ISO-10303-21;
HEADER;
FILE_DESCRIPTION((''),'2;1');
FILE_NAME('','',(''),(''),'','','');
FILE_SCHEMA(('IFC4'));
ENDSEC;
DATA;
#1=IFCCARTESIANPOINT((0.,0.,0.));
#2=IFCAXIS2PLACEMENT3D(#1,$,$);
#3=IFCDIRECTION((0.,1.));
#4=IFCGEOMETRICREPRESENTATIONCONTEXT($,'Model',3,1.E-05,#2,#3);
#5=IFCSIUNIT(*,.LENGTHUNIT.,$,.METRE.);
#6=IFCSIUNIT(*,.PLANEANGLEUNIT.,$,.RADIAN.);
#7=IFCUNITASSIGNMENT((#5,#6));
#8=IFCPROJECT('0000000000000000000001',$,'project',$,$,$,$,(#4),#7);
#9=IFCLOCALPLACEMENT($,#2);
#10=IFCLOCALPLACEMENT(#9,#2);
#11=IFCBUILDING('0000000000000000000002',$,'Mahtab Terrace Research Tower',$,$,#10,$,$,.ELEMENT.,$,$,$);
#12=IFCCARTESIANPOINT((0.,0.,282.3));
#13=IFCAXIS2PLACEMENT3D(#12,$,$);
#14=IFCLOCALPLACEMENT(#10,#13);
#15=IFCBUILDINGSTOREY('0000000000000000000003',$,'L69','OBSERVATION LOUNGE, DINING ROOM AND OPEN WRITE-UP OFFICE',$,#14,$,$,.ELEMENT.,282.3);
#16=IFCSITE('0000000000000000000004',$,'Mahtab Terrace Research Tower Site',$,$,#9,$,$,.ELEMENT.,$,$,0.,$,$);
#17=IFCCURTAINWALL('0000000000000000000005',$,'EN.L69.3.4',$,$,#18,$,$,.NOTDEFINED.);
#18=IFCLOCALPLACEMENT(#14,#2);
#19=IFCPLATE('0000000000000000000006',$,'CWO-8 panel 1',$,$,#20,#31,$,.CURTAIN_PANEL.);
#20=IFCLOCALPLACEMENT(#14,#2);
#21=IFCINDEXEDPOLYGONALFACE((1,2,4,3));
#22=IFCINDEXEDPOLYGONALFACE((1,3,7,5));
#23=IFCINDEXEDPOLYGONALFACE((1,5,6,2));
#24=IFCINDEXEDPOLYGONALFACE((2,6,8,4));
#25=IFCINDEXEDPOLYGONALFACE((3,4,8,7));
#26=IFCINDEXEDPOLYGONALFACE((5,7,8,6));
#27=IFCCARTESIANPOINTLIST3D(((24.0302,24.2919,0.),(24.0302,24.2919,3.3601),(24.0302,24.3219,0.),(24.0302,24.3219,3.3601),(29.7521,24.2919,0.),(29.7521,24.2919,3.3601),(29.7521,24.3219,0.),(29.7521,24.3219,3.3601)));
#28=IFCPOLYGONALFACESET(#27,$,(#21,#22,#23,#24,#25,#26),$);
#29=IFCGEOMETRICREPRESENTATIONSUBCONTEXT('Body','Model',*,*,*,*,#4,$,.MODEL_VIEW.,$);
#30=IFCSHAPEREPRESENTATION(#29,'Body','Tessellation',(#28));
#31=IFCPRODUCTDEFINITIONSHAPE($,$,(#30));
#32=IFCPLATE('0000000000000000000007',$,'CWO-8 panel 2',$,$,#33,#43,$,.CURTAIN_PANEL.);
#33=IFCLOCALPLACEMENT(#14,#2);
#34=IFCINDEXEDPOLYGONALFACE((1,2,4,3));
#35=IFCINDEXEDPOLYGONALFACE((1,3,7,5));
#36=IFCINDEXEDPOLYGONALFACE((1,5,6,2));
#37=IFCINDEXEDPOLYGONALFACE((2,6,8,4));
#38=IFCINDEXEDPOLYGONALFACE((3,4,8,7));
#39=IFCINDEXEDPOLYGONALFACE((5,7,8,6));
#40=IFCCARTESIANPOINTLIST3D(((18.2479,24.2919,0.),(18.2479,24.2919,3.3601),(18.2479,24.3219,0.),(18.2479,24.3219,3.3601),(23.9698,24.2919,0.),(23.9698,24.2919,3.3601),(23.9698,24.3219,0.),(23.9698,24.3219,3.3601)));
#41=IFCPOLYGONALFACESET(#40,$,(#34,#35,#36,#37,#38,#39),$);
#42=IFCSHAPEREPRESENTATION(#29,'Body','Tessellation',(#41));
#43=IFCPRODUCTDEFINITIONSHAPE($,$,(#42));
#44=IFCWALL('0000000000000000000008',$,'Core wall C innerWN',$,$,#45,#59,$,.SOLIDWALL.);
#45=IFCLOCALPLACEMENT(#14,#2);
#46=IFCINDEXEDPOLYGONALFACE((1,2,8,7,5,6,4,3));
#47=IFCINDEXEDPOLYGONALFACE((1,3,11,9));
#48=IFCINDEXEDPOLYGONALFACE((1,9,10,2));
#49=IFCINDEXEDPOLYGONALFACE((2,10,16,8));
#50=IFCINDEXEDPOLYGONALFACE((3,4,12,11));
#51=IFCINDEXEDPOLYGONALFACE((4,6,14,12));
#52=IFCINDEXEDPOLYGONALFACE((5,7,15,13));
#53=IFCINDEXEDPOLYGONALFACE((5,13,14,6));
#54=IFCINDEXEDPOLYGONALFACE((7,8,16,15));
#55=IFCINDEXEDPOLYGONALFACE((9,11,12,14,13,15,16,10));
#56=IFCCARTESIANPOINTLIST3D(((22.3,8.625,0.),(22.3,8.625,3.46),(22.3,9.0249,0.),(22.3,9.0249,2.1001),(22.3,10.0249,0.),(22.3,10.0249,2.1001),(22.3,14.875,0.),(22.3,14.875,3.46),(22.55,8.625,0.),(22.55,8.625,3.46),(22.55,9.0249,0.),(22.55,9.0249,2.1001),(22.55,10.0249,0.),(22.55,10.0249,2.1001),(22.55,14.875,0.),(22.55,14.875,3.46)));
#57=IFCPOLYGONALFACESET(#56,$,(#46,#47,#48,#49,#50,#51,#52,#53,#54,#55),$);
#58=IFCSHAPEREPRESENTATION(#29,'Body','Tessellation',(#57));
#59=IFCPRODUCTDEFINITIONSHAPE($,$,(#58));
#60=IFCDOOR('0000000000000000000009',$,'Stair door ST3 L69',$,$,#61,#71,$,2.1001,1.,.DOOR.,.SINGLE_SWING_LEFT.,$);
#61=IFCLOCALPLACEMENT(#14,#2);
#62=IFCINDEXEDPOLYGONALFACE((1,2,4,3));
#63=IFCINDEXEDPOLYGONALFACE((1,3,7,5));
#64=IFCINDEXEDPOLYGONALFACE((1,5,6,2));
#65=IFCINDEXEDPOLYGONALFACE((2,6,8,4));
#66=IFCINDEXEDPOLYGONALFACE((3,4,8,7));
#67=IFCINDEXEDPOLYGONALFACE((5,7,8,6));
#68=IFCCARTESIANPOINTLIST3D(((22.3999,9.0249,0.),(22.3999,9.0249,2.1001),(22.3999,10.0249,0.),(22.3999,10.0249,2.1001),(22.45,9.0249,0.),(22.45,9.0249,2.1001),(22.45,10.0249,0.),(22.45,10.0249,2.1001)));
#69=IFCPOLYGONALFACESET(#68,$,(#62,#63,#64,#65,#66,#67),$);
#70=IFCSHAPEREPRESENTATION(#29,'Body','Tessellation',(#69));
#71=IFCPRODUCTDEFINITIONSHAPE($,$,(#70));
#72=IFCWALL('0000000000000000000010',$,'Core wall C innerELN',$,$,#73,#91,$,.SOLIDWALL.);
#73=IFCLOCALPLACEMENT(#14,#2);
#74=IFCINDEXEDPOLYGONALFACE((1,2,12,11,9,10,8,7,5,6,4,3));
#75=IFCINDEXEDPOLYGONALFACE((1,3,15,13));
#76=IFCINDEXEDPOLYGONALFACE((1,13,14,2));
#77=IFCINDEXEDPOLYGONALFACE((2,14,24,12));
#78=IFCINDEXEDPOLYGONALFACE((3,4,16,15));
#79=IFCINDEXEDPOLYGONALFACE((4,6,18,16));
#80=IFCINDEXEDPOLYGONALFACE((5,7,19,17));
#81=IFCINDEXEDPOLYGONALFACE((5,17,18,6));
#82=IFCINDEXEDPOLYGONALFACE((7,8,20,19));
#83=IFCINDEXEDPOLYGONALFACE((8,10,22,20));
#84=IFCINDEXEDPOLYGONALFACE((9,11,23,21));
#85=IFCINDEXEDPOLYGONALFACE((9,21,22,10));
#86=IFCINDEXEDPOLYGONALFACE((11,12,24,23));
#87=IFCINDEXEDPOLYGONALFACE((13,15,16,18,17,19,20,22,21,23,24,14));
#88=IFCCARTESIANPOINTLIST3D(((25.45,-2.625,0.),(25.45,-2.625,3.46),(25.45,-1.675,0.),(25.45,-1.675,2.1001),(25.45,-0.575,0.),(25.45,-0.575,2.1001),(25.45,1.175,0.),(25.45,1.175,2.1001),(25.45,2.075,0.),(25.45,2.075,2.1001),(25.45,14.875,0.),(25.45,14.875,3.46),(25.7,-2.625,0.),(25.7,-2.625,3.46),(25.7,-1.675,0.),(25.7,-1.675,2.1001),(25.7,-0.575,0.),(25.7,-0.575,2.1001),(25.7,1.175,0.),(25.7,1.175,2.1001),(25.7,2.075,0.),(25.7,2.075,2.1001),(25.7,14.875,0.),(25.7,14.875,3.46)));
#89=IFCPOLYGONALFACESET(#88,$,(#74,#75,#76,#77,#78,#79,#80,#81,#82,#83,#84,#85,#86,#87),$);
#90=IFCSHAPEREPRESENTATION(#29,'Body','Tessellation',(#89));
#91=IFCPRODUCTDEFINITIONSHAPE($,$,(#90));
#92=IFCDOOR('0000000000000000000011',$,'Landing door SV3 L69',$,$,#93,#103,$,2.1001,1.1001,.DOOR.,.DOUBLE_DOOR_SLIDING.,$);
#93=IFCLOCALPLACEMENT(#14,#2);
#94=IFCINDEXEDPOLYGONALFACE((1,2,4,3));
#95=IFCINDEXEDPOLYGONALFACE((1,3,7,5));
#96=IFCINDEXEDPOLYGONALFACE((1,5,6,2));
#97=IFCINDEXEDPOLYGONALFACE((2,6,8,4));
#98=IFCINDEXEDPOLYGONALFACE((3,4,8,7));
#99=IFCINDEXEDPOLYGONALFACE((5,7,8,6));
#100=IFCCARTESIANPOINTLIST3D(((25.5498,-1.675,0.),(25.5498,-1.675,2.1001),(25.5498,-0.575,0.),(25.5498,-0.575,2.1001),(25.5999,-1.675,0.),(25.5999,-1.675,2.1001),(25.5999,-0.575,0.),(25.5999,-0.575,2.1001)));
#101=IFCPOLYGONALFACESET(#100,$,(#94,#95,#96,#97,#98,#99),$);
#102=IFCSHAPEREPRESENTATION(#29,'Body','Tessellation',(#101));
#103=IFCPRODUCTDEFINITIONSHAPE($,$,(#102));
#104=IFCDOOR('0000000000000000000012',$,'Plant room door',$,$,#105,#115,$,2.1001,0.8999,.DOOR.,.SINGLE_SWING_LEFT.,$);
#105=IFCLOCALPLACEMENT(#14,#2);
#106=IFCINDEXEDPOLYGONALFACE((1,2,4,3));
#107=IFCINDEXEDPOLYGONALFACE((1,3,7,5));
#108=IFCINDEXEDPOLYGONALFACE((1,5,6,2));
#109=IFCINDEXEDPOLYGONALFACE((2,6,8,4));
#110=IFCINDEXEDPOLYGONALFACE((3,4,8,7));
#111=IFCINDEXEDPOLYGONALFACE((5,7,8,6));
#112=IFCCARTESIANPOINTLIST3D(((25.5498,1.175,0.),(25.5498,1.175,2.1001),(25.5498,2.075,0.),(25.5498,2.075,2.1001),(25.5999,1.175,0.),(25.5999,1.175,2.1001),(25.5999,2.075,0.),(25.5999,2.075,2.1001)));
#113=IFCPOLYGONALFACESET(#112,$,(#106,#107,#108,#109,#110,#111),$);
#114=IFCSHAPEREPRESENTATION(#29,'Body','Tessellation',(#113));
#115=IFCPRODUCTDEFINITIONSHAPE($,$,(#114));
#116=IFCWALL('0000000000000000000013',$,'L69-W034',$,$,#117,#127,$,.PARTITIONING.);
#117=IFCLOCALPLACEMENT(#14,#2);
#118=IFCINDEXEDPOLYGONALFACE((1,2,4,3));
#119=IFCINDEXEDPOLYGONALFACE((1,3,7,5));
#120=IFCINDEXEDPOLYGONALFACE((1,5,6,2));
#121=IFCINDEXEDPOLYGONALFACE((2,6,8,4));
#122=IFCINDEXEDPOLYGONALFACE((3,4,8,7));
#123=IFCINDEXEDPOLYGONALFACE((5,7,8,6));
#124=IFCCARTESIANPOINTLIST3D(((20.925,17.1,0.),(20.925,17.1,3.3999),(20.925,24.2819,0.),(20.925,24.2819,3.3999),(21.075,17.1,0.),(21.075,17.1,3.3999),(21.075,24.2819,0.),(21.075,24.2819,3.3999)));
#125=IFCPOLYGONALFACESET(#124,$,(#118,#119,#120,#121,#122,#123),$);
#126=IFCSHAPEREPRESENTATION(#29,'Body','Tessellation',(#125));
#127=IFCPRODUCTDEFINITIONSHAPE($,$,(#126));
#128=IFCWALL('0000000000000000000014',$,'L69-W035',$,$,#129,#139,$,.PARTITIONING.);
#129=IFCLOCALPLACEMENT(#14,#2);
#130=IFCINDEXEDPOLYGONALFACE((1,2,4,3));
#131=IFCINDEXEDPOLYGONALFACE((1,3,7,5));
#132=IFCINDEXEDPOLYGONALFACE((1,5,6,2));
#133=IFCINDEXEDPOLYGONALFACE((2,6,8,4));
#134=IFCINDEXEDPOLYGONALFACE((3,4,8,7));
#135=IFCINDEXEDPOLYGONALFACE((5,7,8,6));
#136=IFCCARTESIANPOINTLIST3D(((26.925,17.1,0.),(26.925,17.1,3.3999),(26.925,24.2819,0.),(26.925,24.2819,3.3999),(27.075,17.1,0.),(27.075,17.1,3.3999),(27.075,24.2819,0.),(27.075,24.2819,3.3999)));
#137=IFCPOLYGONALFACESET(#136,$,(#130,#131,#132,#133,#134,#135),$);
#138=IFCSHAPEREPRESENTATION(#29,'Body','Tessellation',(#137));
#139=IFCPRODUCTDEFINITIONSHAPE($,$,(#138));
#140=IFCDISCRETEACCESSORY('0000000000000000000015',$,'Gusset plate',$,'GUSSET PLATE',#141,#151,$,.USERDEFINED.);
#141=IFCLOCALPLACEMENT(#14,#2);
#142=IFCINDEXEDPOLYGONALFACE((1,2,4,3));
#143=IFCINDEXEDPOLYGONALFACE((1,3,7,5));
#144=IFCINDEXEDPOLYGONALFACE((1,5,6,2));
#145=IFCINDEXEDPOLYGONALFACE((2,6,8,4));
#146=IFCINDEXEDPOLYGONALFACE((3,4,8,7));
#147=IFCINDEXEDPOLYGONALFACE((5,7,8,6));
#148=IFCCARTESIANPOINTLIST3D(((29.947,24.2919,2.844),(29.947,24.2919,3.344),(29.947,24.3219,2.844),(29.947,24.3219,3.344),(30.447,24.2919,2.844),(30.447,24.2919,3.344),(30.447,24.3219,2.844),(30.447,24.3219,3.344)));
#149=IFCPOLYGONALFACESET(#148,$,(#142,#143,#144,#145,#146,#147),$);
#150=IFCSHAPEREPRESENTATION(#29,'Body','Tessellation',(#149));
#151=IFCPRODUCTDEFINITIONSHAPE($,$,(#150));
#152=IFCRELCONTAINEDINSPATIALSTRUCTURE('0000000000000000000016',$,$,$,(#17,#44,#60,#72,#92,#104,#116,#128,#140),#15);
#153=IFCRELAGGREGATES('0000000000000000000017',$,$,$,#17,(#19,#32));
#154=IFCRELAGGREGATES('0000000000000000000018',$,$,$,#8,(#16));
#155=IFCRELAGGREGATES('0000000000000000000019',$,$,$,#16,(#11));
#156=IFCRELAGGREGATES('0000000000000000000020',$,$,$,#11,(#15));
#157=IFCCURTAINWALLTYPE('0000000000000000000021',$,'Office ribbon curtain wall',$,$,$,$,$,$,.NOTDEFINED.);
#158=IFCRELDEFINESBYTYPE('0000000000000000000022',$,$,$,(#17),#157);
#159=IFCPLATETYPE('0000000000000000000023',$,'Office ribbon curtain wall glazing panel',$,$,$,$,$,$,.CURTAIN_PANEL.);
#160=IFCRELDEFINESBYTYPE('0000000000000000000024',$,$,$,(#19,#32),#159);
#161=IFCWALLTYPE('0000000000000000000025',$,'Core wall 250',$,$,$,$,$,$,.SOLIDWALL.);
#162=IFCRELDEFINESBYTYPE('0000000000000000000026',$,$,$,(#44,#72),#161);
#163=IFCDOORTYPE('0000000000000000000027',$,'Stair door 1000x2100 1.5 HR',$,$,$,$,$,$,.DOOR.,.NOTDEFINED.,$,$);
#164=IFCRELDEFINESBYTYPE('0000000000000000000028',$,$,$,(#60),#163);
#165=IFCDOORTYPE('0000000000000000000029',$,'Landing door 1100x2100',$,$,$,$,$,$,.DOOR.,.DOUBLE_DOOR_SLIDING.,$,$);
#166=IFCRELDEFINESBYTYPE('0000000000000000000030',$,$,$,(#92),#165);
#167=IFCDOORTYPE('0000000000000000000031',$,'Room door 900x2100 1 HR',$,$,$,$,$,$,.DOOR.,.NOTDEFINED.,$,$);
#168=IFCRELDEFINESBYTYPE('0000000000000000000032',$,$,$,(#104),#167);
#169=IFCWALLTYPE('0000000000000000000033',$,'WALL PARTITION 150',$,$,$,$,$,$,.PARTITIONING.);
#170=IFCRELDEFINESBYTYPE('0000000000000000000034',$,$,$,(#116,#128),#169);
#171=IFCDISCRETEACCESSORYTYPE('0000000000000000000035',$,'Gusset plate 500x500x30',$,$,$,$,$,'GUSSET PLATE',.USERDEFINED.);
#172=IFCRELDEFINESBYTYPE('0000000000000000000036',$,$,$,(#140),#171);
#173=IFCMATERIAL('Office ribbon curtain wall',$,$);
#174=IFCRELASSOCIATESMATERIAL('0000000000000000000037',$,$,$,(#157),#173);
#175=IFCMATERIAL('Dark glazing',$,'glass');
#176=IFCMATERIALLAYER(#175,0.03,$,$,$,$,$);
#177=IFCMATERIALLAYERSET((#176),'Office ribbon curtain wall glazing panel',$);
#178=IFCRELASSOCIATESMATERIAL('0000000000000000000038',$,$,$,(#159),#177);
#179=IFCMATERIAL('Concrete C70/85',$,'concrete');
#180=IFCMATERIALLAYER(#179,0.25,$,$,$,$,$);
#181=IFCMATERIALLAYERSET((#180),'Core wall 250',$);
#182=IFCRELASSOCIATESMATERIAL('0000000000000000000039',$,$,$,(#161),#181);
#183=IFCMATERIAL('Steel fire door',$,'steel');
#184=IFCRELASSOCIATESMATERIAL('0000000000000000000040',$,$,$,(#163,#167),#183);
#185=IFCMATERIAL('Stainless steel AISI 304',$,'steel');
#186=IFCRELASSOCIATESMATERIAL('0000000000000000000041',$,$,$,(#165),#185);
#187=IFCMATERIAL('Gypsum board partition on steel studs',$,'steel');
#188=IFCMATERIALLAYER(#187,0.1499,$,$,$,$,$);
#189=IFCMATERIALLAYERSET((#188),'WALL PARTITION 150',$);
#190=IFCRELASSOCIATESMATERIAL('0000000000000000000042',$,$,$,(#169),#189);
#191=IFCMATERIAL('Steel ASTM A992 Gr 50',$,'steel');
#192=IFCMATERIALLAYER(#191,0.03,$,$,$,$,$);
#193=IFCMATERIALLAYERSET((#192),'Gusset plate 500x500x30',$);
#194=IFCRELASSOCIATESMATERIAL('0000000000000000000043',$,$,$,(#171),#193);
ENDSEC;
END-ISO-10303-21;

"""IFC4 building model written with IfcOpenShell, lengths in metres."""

from ifc_helpers import new_model, si_unit, direction, frame, frame_2d, origin, origin_2d, place, context, subcontext, project, spatial, rectangle, extrude, material, layer, layer_set, type_object, element, fill, aggregate, save


model = new_model("IFC4")

# Units and contexts
model_context = context("Model", 3, precision=1e-05, world=origin(), true_north=direction((0.0, 1.0)))
body_context = subcontext(model_context, "Body", "Model", "MODEL_VIEW")
ifc_project = project(units=[si_unit("LENGTHUNIT", "METRE"), si_unit("PLANEANGLEUNIT", "RADIAN")], contexts=[model_context])

# Site, building, storey
site_placement = place(None, origin())
site = spatial("IfcSite", under=ifc_project, at=site_placement, Name="Mahtab Terrace Research Tower Site", CompositionType="ELEMENT", RefElevation=0.0)
building_placement = place(site_placement, origin())
building = spatial("IfcBuilding", under=site, at=building_placement, Name="Mahtab Terrace Research Tower", CompositionType="ELEMENT")
storey_placement = place(building_placement, frame((0.0, 0.0, 282.3)))
storey = spatial("IfcBuildingStorey", under=building, at=storey_placement, Name="L69", Description="OBSERVATION LOUNGE, DINING ROOM AND OPEN WRITE-UP OFFICE", CompositionType="ELEMENT", Elevation=282.3)

# Shared definitions
ifc_material_1 = material(Name="Steel ASTM A992 Gr 50", Category="steel")

# Curtain wall
ifc_material_2 = material(Name="Office ribbon curtain wall")
curtain_wall_type_1 = type_object("IfcCurtainWallType", Name="Office ribbon curtain wall", PredefinedType="NOTDEFINED", material=ifc_material_2)
curtain_wall_1_placement = place(storey_placement, origin())
curtain_wall_1 = element("IfcCurtainWall", 1, at=curtain_wall_1_placement, inside=storey, type_object=curtain_wall_type_1, Name="EN.L69.3.4", PredefinedType="NOTDEFINED")

# Plates
ifc_material_3 = material(Name="Dark glazing", Category="glass")
ifc_layer_1 = layer(ifc_material_3, 0.03)
ifc_layer_set_1 = layer_set([ifc_layer_1], Name="Office ribbon curtain wall glazing panel")
plate_type = type_object("IfcPlateType", Name="Office ribbon curtain wall glazing panel", PredefinedType="CURTAIN_PANEL", material=ifc_layer_set_1)
plate_1_placement = place(storey_placement, frame((26.8911, 24.3069, 0.0), z_axis=(0.0, 0.0, 1.0), x_axis=(-1.0, 0.0, 0.0)))
plate_1 = element("IfcPlate", 2, at=plate_1_placement, type_object=plate_type, Name="CWO-8 panel 1", PredefinedType="CURTAIN_PANEL", context=body_context, shape_type="SweptSolid", body=[
    extrude(rectangle(XDim=5.7219, YDim=0.03, at=origin_2d()), origin(), (0.0, 0.0, 1.0), 3.3601),
])
plate_2_placement = place(storey_placement, frame((21.1089, 24.3069, 0.0), z_axis=(0.0, 0.0, 1.0), x_axis=(-1.0, 0.0, 0.0)))
plate_2 = element("IfcPlate", 3, at=plate_2_placement, type_object=plate_type, Name="CWO-8 panel 2", PredefinedType="CURTAIN_PANEL", context=body_context, shape_type="SweptSolid", body=[
    extrude(rectangle(XDim=5.7219, YDim=0.03, at=origin_2d()), origin(), (0.0, 0.0, 1.0), 3.3601),
])
aggregate(curtain_wall_1, [plate_1, plate_2])

# Wall, opening, door
ifc_material_4 = material(Name="Concrete C70/85", Category="concrete")
ifc_layer_2 = layer(ifc_material_4, 0.25)
ifc_layer_set_2 = layer_set([ifc_layer_2], Name="Core wall 250")
wall_type_1 = type_object("IfcWallType", Name="Core wall 250", PredefinedType="SOLIDWALL", material=ifc_layer_set_2)
wall_1_placement = place(storey_placement, frame((22.425, 14.875, 0.0), z_axis=(0.0, 0.0, 1.0), x_axis=(0.0, -1.0, 0.0)))
wall_1 = element("IfcWall", 4, at=wall_1_placement, inside=storey, type_object=wall_type_1, Name="Core wall C innerWN", PredefinedType="SOLIDWALL", context=body_context, shape_type="SweptSolid", body=[
    extrude(rectangle(XDim=6.25, YDim=0.25, at=frame_2d((3.125, 0.0))), origin(), (0.0, 0.0, 1.0), 3.46),
])
opening_1_placement = place(wall_1_placement, frame((4.8501, 0.0, 0.0)))
opening_1 = element("IfcOpeningElement", 5, at=opening_1_placement, cuts=wall_1, PredefinedType="OPENING", context=body_context, shape_type="SweptSolid", body=[
    extrude(rectangle(XDim=1.0, YDim=2.1001, at=frame_2d((0.5, 1.05))), frame((0.0, 0.135, 0.0), z_axis=(0.0, -1.0, 0.0), x_axis=(1.0, 0.0, 0.0)), (0.0, 0.0, 1.0), 0.27),
])
ifc_material_5 = material(Name="Steel fire door", Category="steel")
door_type_1 = type_object("IfcDoorType", Name="Stair door 1000x2100 1.5 HR", OperationType="NOTDEFINED", PredefinedType="DOOR", material=ifc_material_5)
door_1_placement = place(opening_1_placement, origin())
door_1 = element("IfcDoor", 6, at=door_1_placement, inside=storey, type_object=door_type_1, Name="Stair door ST3 L69", OperationType="SINGLE_SWING_LEFT", OverallHeight=2.1001, OverallWidth=1.0, PredefinedType="DOOR", context=body_context, shape_type="SweptSolid", body=[
    extrude(rectangle(XDim=1.0, YDim=2.1001, at=frame_2d((0.5, 1.05))), frame((0.0, 0.0249, 0.0), z_axis=(0.0, -1.0, 0.0), x_axis=(1.0, 0.0, 0.0)), (0.0, 0.0, 1.0), 0.05),
])
fill(opening_1, door_1)

# Wall, openings, doors
wall_2_placement = place(storey_placement, frame((25.575, 14.875, 0.0), z_axis=(0.0, 0.0, 1.0), x_axis=(0.0, -1.0, 0.0)))
wall_2 = element("IfcWall", 7, at=wall_2_placement, inside=storey, type_object=wall_type_1, Name="Core wall C innerELN", PredefinedType="SOLIDWALL", context=body_context, shape_type="SweptSolid", body=[
    extrude(rectangle(XDim=17.5, YDim=0.25, at=frame_2d((8.75, 0.0))), origin(), (0.0, 0.0, 1.0), 3.46),
])
opening_2_placement = place(wall_2_placement, frame((15.45, 0.0, 0.0)))
opening_2 = element("IfcOpeningElement", 8, at=opening_2_placement, cuts=wall_2, PredefinedType="OPENING", context=body_context, shape_type="SweptSolid", body=[
    extrude(rectangle(XDim=1.1001, YDim=2.1001, at=frame_2d((0.55, 1.05))), frame((0.0, 0.135, 0.0), z_axis=(0.0, -1.0, 0.0), x_axis=(1.0, 0.0, 0.0)), (0.0, 0.0, 1.0), 0.27),
])
opening_3_placement = place(wall_2_placement, frame((12.8, 0.0, 0.0)))
opening_3 = element("IfcOpeningElement", 9, at=opening_3_placement, cuts=wall_2, PredefinedType="OPENING", context=body_context, shape_type="SweptSolid", body=[
    extrude(rectangle(XDim=0.8999, YDim=2.1001, at=frame_2d((0.45, 1.05))), frame((0.0, 0.135, 0.0), z_axis=(0.0, -1.0, 0.0), x_axis=(1.0, 0.0, 0.0)), (0.0, 0.0, 1.0), 0.27),
])
ifc_material_6 = material(Name="Stainless steel AISI 304", Category="steel")
door_type_2 = type_object("IfcDoorType", Name="Landing door 1100x2100", OperationType="DOUBLE_DOOR_SLIDING", PredefinedType="DOOR", material=ifc_material_6)
door_2_placement = place(opening_2_placement, origin())
door_2 = element("IfcDoor", 10, at=door_2_placement, inside=storey, type_object=door_type_2, Name="Landing door SV3 L69", OperationType="DOUBLE_DOOR_SLIDING", OverallHeight=2.1001, OverallWidth=1.1001, PredefinedType="DOOR", context=body_context, shape_type="SweptSolid", body=[
    extrude(rectangle(XDim=1.1001, YDim=2.1001, at=frame_2d((0.55, 1.05))), frame((0.0, 0.0249, 0.0), z_axis=(0.0, -1.0, 0.0), x_axis=(1.0, 0.0, 0.0)), (0.0, 0.0, 1.0), 0.05),
])
fill(opening_2, door_2)
door_type_3 = type_object("IfcDoorType", Name="Room door 900x2100 1 HR", OperationType="NOTDEFINED", PredefinedType="DOOR", material=ifc_material_5)
door_3_placement = place(opening_3_placement, origin())
door_3 = element("IfcDoor", 11, at=door_3_placement, inside=storey, type_object=door_type_3, Name="Plant room door", OperationType="SINGLE_SWING_LEFT", OverallHeight=2.1001, OverallWidth=0.8999, PredefinedType="DOOR", context=body_context, shape_type="SweptSolid", body=[
    extrude(rectangle(XDim=0.8999, YDim=2.1001, at=frame_2d((0.45, 1.05))), frame((0.0, 0.0249, 0.0), z_axis=(0.0, -1.0, 0.0), x_axis=(1.0, 0.0, 0.0)), (0.0, 0.0, 1.0), 0.05),
])
fill(opening_3, door_3)

# Walls
ifc_material_7 = material(Name="Gypsum board partition on steel studs", Category="steel")
ifc_layer_3 = layer(ifc_material_7, 0.1499)
ifc_layer_set_3 = layer_set([ifc_layer_3], Name="WALL PARTITION 150")
wall_type_2 = type_object("IfcWallType", Name="WALL PARTITION 150", PredefinedType="PARTITIONING", material=ifc_layer_set_3)
for number, where, z_axis, x_axis, name in (
    (12, (21.0, 17.1001, 0.0), (0.0, 0.0, 1.0), (0.0, 1.0, 0.0), "L69-W034"),
    (13, (27.0, 17.1001, 0.0), (0.0, 0.0, 1.0), (0.0, 1.0, 0.0), "L69-W035"),
):
    element("IfcWall", number, at=place(storey_placement, frame(where, z_axis=z_axis, x_axis=x_axis)), inside=storey, type_object=wall_type_2, Name=name, PredefinedType="PARTITIONING", context=body_context, shape_type="SweptSolid", body=[
        extrude(rectangle(XDim=7.1819, YDim=0.1499, at=frame_2d((3.5908, 0.0))), origin(), (0.0, 0.0, 1.0), 3.3999),
    ])

# Discrete accessory
ifc_layer_4 = layer(ifc_material_1, 0.03)
ifc_layer_set_4 = layer_set([ifc_layer_4], Name="Gusset plate 500x500x30")
discrete_accessory_type = type_object("IfcDiscreteAccessoryType", Name="Gusset plate 500x500x30", ElementType="GUSSET PLATE", PredefinedType="USERDEFINED", material=ifc_layer_set_4)
discrete_accessory_placement = place(storey_placement, frame((30.197, 24.3069, 2.844), z_axis=(0.0, 0.0, 1.0), x_axis=(1.0, 0.0, 0.0)))
element("IfcDiscreteAccessory", 14, at=discrete_accessory_placement, inside=storey, type_object=discrete_accessory_type, Name="Gusset plate", ObjectType="GUSSET PLATE", PredefinedType="USERDEFINED", context=body_context, shape_type="SweptSolid", body=[
    extrude(rectangle(XDim=0.5, YDim=0.03, at=origin_2d()), origin(), (0.0, 0.0, 1.0), 0.5),
])

save(model, "model.ifc")
